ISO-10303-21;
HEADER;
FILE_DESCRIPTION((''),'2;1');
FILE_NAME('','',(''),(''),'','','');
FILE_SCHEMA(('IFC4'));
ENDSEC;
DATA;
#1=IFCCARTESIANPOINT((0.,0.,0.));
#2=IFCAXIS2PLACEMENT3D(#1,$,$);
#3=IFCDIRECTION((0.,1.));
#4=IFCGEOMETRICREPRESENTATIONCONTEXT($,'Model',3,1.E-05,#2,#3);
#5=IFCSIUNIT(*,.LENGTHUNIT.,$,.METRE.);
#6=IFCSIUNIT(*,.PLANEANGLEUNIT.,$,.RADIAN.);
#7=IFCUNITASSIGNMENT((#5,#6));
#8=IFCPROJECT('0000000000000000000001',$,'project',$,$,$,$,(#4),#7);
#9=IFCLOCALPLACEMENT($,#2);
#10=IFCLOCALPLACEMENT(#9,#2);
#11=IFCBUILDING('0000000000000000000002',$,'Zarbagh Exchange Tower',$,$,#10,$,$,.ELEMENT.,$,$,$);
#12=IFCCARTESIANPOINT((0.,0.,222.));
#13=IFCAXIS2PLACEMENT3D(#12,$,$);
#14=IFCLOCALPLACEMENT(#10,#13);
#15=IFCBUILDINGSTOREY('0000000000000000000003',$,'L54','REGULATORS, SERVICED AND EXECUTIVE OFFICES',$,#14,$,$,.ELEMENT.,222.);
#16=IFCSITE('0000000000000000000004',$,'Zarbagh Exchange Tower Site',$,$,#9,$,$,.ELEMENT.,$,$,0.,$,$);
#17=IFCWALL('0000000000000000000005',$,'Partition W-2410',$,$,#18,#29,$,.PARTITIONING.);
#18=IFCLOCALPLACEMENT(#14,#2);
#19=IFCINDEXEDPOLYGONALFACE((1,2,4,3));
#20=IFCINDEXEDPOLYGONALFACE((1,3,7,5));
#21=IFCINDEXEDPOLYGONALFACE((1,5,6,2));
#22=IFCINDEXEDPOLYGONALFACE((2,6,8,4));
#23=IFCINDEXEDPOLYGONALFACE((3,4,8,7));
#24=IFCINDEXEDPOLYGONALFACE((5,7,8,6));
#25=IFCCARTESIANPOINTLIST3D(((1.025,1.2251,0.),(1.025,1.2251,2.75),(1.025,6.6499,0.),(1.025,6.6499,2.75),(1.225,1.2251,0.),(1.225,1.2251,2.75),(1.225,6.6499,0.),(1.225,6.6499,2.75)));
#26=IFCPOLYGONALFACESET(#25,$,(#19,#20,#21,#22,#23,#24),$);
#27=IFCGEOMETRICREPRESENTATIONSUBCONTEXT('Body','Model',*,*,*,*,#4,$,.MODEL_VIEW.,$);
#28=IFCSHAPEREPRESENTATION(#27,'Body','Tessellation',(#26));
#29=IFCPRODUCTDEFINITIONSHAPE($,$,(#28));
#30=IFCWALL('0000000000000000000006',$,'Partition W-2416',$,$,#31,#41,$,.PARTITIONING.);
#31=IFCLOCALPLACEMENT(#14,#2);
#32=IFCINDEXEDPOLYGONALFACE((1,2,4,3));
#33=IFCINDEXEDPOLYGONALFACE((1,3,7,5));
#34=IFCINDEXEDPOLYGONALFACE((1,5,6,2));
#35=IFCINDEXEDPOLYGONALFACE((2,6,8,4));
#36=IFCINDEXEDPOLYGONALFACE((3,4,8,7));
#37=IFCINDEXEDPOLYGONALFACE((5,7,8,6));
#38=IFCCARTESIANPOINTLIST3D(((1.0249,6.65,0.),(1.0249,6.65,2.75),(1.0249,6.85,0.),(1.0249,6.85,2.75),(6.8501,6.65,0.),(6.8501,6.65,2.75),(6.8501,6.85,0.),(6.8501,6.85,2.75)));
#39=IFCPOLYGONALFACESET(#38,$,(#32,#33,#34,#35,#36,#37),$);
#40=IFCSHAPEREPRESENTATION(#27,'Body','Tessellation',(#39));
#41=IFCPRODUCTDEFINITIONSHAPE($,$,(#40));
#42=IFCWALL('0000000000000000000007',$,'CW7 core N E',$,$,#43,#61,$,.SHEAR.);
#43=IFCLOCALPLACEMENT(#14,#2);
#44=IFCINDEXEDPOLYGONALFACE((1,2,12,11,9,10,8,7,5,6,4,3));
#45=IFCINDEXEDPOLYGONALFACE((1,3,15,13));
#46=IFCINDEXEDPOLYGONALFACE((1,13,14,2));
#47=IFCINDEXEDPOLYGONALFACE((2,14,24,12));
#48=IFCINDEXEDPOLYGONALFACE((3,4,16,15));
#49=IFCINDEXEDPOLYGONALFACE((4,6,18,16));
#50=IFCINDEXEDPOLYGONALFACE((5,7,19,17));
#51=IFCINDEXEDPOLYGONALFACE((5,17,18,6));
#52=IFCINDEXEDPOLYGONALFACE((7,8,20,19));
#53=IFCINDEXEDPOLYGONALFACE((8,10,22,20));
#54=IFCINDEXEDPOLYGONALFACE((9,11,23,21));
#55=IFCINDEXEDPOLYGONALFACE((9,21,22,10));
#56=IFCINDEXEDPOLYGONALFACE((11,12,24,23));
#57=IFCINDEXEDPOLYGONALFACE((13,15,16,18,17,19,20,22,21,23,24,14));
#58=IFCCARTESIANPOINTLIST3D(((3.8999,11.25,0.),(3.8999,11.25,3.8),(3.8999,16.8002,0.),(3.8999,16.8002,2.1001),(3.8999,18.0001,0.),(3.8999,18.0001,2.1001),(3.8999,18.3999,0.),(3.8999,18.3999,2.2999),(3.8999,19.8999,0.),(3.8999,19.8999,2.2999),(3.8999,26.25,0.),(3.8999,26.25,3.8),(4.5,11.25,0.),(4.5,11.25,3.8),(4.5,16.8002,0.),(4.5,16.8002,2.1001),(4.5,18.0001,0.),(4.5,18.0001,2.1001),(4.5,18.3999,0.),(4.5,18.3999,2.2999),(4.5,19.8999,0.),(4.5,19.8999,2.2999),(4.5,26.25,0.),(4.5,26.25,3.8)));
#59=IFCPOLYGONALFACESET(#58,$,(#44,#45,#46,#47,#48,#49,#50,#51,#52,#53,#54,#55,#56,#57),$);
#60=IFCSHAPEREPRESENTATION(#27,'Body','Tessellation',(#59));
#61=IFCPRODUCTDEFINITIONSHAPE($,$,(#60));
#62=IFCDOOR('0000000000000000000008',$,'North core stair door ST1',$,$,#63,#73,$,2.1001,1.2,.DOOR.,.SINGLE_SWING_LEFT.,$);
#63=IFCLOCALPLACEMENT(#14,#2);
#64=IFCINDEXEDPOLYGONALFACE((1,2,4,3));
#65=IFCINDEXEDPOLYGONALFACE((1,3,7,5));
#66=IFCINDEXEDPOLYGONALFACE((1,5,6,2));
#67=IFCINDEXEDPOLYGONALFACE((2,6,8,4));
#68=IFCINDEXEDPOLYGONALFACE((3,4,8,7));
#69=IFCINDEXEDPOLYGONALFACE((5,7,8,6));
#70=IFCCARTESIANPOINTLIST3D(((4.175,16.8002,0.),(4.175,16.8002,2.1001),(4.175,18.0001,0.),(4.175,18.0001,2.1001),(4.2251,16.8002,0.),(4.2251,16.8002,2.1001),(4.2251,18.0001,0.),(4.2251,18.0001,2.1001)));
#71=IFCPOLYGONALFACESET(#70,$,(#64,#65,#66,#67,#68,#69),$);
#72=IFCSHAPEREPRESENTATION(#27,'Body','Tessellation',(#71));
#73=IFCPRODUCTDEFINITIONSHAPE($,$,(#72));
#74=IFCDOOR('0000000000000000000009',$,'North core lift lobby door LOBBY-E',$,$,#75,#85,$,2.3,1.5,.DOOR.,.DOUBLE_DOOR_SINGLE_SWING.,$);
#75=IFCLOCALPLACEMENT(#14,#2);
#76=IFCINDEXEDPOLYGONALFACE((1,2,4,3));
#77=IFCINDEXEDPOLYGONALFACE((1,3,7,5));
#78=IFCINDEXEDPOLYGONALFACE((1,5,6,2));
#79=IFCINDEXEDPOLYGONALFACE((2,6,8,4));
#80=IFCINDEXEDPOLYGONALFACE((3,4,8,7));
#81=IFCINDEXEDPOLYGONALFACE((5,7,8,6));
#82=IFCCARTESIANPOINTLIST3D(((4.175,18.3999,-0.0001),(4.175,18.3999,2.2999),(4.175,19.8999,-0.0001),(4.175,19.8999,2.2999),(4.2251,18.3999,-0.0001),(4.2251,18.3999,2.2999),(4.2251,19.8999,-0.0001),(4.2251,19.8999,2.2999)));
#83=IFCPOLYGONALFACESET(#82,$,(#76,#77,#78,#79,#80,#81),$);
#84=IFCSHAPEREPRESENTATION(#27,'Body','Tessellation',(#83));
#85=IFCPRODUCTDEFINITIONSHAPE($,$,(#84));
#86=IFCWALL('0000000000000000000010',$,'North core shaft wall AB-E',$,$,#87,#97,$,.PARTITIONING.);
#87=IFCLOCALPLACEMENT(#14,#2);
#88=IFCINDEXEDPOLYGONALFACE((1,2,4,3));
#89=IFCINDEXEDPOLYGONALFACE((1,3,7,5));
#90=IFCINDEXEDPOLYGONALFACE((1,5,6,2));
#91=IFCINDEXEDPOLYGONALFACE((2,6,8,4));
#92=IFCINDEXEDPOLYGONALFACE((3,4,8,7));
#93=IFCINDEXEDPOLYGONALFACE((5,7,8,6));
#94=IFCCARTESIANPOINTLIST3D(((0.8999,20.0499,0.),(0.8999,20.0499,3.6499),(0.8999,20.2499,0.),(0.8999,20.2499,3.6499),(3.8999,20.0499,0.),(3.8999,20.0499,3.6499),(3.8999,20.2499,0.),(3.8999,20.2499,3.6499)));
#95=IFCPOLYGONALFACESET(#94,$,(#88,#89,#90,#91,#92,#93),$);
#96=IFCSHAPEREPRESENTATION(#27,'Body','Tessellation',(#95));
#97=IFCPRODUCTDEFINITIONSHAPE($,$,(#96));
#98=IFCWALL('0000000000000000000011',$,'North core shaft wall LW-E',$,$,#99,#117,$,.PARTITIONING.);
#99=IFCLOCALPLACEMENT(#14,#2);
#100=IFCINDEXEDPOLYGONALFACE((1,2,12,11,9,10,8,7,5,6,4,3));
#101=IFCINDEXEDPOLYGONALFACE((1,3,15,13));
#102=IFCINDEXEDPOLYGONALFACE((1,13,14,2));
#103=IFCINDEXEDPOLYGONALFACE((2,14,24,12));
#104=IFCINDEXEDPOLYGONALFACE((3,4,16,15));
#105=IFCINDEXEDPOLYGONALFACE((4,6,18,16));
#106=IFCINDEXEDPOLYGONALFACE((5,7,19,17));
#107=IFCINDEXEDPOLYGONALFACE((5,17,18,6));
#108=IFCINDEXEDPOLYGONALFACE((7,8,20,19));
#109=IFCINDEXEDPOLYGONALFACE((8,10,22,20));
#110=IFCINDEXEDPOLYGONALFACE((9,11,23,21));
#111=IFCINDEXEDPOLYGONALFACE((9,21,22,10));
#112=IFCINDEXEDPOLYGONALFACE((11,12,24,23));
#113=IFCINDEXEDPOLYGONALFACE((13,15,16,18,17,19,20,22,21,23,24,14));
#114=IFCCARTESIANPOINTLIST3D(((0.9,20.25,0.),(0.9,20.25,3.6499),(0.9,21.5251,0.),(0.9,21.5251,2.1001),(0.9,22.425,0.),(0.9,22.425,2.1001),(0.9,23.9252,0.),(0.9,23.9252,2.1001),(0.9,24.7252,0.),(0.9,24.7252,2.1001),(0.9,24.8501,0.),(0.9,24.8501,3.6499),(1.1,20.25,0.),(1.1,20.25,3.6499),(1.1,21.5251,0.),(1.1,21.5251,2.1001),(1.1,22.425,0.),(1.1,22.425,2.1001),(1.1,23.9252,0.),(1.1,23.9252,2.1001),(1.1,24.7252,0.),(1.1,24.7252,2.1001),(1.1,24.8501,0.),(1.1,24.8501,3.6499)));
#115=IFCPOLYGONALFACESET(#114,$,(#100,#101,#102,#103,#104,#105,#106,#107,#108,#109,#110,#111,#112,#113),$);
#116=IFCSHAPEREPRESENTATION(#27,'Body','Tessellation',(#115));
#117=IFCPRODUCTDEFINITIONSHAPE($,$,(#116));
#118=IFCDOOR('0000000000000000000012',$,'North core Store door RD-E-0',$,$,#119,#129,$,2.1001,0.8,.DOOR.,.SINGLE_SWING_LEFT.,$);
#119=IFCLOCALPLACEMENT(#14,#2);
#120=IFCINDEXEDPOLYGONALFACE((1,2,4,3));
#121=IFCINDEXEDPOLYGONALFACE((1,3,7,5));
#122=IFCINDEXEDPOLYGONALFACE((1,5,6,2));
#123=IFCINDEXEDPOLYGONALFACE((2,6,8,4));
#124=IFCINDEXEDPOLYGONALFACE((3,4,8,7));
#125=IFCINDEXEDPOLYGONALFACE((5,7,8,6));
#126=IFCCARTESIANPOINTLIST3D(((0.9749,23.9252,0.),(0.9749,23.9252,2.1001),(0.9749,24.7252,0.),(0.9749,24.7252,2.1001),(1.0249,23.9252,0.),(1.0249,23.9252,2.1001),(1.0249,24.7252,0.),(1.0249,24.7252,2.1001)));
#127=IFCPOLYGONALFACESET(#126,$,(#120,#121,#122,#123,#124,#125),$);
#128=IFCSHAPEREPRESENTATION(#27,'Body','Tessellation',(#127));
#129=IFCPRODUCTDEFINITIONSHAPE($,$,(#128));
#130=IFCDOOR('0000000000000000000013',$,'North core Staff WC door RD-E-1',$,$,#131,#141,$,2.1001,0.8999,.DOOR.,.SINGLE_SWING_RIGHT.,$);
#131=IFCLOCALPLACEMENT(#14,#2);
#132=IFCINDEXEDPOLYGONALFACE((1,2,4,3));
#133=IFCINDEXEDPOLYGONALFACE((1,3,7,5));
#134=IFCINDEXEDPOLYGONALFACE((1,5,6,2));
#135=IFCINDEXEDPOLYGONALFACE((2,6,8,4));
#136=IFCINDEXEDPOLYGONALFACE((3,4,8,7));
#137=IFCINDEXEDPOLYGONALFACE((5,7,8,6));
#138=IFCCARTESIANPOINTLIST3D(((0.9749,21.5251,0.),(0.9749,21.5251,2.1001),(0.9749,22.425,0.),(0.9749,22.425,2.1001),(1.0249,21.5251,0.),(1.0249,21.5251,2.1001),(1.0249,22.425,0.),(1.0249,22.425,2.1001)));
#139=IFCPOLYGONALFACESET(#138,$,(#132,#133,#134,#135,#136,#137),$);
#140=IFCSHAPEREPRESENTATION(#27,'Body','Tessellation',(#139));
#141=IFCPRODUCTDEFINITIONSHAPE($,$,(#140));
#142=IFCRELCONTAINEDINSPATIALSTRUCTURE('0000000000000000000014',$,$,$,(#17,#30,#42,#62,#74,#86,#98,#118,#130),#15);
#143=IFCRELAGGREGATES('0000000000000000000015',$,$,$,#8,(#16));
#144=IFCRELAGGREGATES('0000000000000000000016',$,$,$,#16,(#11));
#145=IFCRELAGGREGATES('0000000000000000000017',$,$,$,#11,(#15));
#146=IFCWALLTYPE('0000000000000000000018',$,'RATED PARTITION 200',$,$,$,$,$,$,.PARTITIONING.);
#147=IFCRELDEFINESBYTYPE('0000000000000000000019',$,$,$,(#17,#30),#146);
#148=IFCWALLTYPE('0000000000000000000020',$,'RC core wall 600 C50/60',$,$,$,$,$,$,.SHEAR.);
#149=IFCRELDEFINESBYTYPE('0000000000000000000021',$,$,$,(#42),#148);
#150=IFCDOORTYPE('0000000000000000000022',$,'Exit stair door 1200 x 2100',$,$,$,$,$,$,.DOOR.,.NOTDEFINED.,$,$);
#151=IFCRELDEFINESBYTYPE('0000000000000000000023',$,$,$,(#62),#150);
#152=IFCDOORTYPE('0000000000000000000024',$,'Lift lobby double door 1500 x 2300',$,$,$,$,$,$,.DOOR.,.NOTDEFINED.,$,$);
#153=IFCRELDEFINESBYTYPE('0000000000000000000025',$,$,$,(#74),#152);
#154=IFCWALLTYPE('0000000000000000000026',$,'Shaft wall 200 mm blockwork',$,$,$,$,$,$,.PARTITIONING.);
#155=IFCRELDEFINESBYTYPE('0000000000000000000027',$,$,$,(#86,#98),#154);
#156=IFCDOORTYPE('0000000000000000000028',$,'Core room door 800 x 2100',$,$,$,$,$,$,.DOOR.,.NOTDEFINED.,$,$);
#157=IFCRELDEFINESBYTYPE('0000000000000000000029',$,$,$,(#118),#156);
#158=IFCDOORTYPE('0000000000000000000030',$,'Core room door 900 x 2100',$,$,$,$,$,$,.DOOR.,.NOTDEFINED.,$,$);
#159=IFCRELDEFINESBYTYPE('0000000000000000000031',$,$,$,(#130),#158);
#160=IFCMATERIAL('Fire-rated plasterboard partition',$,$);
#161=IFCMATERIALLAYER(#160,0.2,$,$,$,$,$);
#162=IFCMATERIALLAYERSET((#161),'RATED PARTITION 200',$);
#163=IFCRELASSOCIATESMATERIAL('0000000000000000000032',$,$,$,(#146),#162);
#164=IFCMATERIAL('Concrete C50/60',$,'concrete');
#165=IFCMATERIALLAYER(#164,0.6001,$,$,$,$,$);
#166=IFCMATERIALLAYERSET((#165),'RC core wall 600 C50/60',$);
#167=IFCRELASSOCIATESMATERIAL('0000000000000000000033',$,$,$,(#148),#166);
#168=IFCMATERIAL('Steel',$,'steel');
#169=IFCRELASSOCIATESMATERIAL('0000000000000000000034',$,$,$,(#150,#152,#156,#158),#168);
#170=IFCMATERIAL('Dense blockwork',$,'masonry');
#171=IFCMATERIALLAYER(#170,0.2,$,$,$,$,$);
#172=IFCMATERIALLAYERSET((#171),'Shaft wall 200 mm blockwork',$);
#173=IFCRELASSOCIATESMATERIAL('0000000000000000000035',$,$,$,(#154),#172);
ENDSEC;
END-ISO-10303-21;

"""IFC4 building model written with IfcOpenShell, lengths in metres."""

from ifc_helpers import new_model, si_unit, direction, frame, frame_2d, origin, place, context, subcontext, project, spatial, rectangle, extrude, material, layer, layer_set, type_object, element, fill, save


model = new_model("IFC4")

# Units and contexts
model_context = context("Model", 3, precision=1e-05, world=origin(), true_north=direction((0.0, 1.0)))
body_context = subcontext(model_context, "Body", "Model", "MODEL_VIEW")
ifc_project = project(units=[si_unit("LENGTHUNIT", "METRE"), si_unit("PLANEANGLEUNIT", "RADIAN")], contexts=[model_context])

# Site, building, storey
site_placement = place(None, origin())
site = spatial("IfcSite", under=ifc_project, at=site_placement, Name="Zarbagh Exchange Tower Site", CompositionType="ELEMENT", RefElevation=0.0)
building_placement = place(site_placement, origin())
building = spatial("IfcBuilding", under=site, at=building_placement, Name="Zarbagh Exchange Tower", CompositionType="ELEMENT")
storey_placement = place(building_placement, frame((0.0, 0.0, 222.0)))
storey = spatial("IfcBuildingStorey", under=building, at=storey_placement, Name="L54", Description="REGULATORS, SERVICED AND EXECUTIVE OFFICES", CompositionType="ELEMENT", Elevation=222.0)

# Shared definitions
ifc_material_1 = material(Name="Concrete C50/60", Category="concrete")

# Shared definitions
ifc_material_2 = material(Name="Dense blockwork", Category="masonry")

# Shared definitions
ifc_material_3 = material(Name="Fire-rated plasterboard partition")
ifc_layer_1 = layer(ifc_material_3, 0.2)
ifc_layer_set_1 = layer_set([ifc_layer_1], Name="RATED PARTITION 200")
wall_type_1 = type_object("IfcWallType", Name="RATED PARTITION 200", PredefinedType="PARTITIONING", material=ifc_layer_set_1)

# Walls
wall_1_placement = place(storey_placement, frame((1.125, 1.2251, 0.0), z_axis=(0.0, 0.0, 1.0), x_axis=(0.0, 1.0, 0.0)))
element("IfcWall", 1, at=wall_1_placement, inside=storey, type_object=wall_type_1, Name="Partition W-2410", PredefinedType="PARTITIONING", context=body_context, shape_type="SweptSolid", body=[
    extrude(rectangle(XDim=5.4248, YDim=0.2, at=frame_2d((2.7124, 0.0))), origin(), (0.0, 0.0, 1.0), 2.75),
])
wall_2_placement = place(storey_placement, frame((1.0249, 6.75, 0.0), z_axis=(0.0, 0.0, 1.0), x_axis=(1.0, 0.0, 0.0)))
element("IfcWall", 2, at=wall_2_placement, inside=storey, type_object=wall_type_1, Name="Partition W-2416", PredefinedType="PARTITIONING", context=body_context, shape_type="SweptSolid", body=[
    extrude(rectangle(XDim=5.8252, YDim=0.2, at=frame_2d((2.9126, 0.0))), origin(), (0.0, 0.0, 1.0), 2.75),
])

# Wall, openings, doors
ifc_layer_2 = layer(ifc_material_1, 0.6001)
ifc_layer_set_2 = layer_set([ifc_layer_2], Name="RC core wall 600 C50/60")
wall_type_2 = type_object("IfcWallType", Name="RC core wall 600 C50/60", PredefinedType="SHEAR", material=ifc_layer_set_2)
wall_3_placement = place(storey_placement, frame((4.2, 11.25, 0.0), z_axis=(0.0, 0.0, 1.0), x_axis=(0.0, 1.0, 0.0)))
wall_3 = element("IfcWall", 3, at=wall_3_placement, inside=storey, type_object=wall_type_2, Name="CW7 core N E", PredefinedType="SHEAR", context=body_context, shape_type="SweptSolid", body=[
    extrude(rectangle(XDim=15.0, YDim=0.6001, at=frame_2d((7.5, 0.0))), origin(), (0.0, 0.0, 1.0), 3.8),
])
opening_1_placement = place(wall_3_placement, frame((7.1499, 0.0, 0.0)))
opening_1 = element("IfcOpeningElement", 4, at=opening_1_placement, cuts=wall_3, PredefinedType="OPENING", context=body_context, shape_type="SweptSolid", body=[
    extrude(rectangle(XDim=1.5, YDim=2.3, at=frame_2d((0.75, 1.1499))), frame((0.0, 0.3101, 0.0), z_axis=(0.0, -1.0, 0.0), x_axis=(1.0, 0.0, 0.0)), (0.0, 0.0, 1.0), 0.6201),
])
opening_2_placement = place(wall_3_placement, frame((5.55, 0.0, 0.0)))
opening_2 = element("IfcOpeningElement", 5, at=opening_2_placement, cuts=wall_3, PredefinedType="OPENING", context=body_context, shape_type="SweptSolid", body=[
    extrude(rectangle(XDim=1.2, YDim=2.1001, at=frame_2d((0.6001, 1.05))), frame((0.0, 0.3101, 0.0), z_axis=(0.0, -1.0, 0.0), x_axis=(1.0, 0.0, 0.0)), (0.0, 0.0, 1.0), 0.6201),
])
ifc_material_4 = material(Name="Steel", Category="steel")
door_type_1 = type_object("IfcDoorType", Name="Exit stair door 1200 x 2100", OperationType="NOTDEFINED", PredefinedType="DOOR", material=ifc_material_4)
door_1_placement = place(opening_2_placement, origin())
door_1 = element("IfcDoor", 6, at=door_1_placement, inside=storey, type_object=door_type_1, Name="North core stair door ST1", OperationType="SINGLE_SWING_LEFT", OverallHeight=2.1001, OverallWidth=1.2, PredefinedType="DOOR", context=body_context, shape_type="SweptSolid", body=[
    extrude(rectangle(XDim=1.2, YDim=2.1001, at=frame_2d((0.6001, 1.05))), frame((0.0, 0.0249, 0.0), z_axis=(0.0, -1.0, 0.0), x_axis=(1.0, 0.0, 0.0)), (0.0, 0.0, 1.0), 0.05),
])
fill(opening_2, door_1)
door_type_2 = type_object("IfcDoorType", Name="Lift lobby double door 1500 x 2300", OperationType="NOTDEFINED", PredefinedType="DOOR", material=ifc_material_4)
door_2_placement = place(opening_1_placement, origin())
door_2 = element("IfcDoor", 7, at=door_2_placement, inside=storey, type_object=door_type_2, Name="North core lift lobby door LOBBY-E", OperationType="DOUBLE_DOOR_SINGLE_SWING", OverallHeight=2.3, OverallWidth=1.5, PredefinedType="DOOR", context=body_context, shape_type="SweptSolid", body=[
    extrude(rectangle(XDim=1.5, YDim=2.3, at=frame_2d((0.75, 1.1499))), frame((0.0, 0.0249, 0.0), z_axis=(0.0, -1.0, 0.0), x_axis=(1.0, 0.0, 0.0)), (0.0, 0.0, 1.0), 0.05),
])
fill(opening_1, door_2)

# Wall
ifc_layer_3 = layer(ifc_material_2, 0.2)
ifc_layer_set_3 = layer_set([ifc_layer_3], Name="Shaft wall 200 mm blockwork")
wall_type_3 = type_object("IfcWallType", Name="Shaft wall 200 mm blockwork", PredefinedType="PARTITIONING", material=ifc_layer_set_3)
wall_4_placement = place(storey_placement, frame((0.8999, 20.1499, 0.0), z_axis=(0.0, 0.0, 1.0), x_axis=(1.0, 0.0, 0.0)))
element("IfcWall", 8, at=wall_4_placement, inside=storey, type_object=wall_type_3, Name="North core shaft wall AB-E", PredefinedType="PARTITIONING", context=body_context, shape_type="SweptSolid", body=[
    extrude(rectangle(XDim=3.0, YDim=0.2, at=frame_2d((1.5, 0.0))), origin(), (0.0, 0.0, 1.0), 3.6499),
])

# Wall, openings, doors
wall_5_placement = place(storey_placement, frame((1.0, 24.8501, 0.0), z_axis=(0.0, 0.0, 1.0), x_axis=(0.0, -1.0, 0.0)))
wall_5 = element("IfcWall", 9, at=wall_5_placement, inside=storey, type_object=wall_type_3, Name="North core shaft wall LW-E", PredefinedType="PARTITIONING", context=body_context, shape_type="SweptSolid", body=[
    extrude(rectangle(XDim=4.6001, YDim=0.2, at=frame_2d((2.3, 0.0))), origin(), (0.0, 0.0, 1.0), 3.6499),
])
opening_3_placement = place(wall_5_placement, frame((0.125, 0.0, 0.0)))
opening_3 = element("IfcOpeningElement", 10, at=opening_3_placement, cuts=wall_5, PredefinedType="OPENING", context=body_context, shape_type="SweptSolid", body=[
    extrude(rectangle(XDim=0.8, YDim=2.1001, at=frame_2d((0.3999, 1.05))), frame((0.0, 0.1099, 0.0), z_axis=(0.0, -1.0, 0.0), x_axis=(1.0, 0.0, 0.0)), (0.0, 0.0, 1.0), 0.22),
])
opening_4_placement = place(wall_5_placement, frame((2.425, 0.0, 0.0)))
opening_4 = element("IfcOpeningElement", 11, at=opening_4_placement, cuts=wall_5, PredefinedType="OPENING", context=body_context, shape_type="SweptSolid", body=[
    extrude(rectangle(XDim=0.8999, YDim=2.1001, at=frame_2d((0.45, 1.05))), frame((0.0, 0.1099, 0.0), z_axis=(0.0, -1.0, 0.0), x_axis=(1.0, 0.0, 0.0)), (0.0, 0.0, 1.0), 0.22),
])
door_type_3 = type_object("IfcDoorType", Name="Core room door 800 x 2100", OperationType="NOTDEFINED", PredefinedType="DOOR", material=ifc_material_4)
door_3_placement = place(opening_3_placement, origin())
door_3 = element("IfcDoor", 12, at=door_3_placement, inside=storey, type_object=door_type_3, Name="North core Store door RD-E-0", OperationType="SINGLE_SWING_LEFT", OverallHeight=2.1001, OverallWidth=0.8, PredefinedType="DOOR", context=body_context, shape_type="SweptSolid", body=[
    extrude(rectangle(XDim=0.8, YDim=2.1001, at=frame_2d((0.3999, 1.05))), frame((0.0, 0.0249, 0.0), z_axis=(0.0, -1.0, 0.0), x_axis=(1.0, 0.0, 0.0)), (0.0, 0.0, 1.0), 0.05),
])
fill(opening_3, door_3)
door_type_4 = type_object("IfcDoorType", Name="Core room door 900 x 2100", OperationType="NOTDEFINED", PredefinedType="DOOR", material=ifc_material_4)
door_4_placement = place(opening_4_placement, origin())
door_4 = element("IfcDoor", 13, at=door_4_placement, inside=storey, type_object=door_type_4, Name="North core Staff WC door RD-E-1", OperationType="SINGLE_SWING_RIGHT", OverallHeight=2.1001, OverallWidth=0.8999, PredefinedType="DOOR", context=body_context, shape_type="SweptSolid", body=[
    extrude(rectangle(XDim=0.8999, YDim=2.1001, at=frame_2d((0.45, 1.05))), frame((0.0, 0.0249, 0.0), z_axis=(0.0, -1.0, 0.0), x_axis=(1.0, 0.0, 0.0)), (0.0, 0.0, 1.0), 0.05),
])
fill(opening_4, door_4)

save(model, "model.ifc")
